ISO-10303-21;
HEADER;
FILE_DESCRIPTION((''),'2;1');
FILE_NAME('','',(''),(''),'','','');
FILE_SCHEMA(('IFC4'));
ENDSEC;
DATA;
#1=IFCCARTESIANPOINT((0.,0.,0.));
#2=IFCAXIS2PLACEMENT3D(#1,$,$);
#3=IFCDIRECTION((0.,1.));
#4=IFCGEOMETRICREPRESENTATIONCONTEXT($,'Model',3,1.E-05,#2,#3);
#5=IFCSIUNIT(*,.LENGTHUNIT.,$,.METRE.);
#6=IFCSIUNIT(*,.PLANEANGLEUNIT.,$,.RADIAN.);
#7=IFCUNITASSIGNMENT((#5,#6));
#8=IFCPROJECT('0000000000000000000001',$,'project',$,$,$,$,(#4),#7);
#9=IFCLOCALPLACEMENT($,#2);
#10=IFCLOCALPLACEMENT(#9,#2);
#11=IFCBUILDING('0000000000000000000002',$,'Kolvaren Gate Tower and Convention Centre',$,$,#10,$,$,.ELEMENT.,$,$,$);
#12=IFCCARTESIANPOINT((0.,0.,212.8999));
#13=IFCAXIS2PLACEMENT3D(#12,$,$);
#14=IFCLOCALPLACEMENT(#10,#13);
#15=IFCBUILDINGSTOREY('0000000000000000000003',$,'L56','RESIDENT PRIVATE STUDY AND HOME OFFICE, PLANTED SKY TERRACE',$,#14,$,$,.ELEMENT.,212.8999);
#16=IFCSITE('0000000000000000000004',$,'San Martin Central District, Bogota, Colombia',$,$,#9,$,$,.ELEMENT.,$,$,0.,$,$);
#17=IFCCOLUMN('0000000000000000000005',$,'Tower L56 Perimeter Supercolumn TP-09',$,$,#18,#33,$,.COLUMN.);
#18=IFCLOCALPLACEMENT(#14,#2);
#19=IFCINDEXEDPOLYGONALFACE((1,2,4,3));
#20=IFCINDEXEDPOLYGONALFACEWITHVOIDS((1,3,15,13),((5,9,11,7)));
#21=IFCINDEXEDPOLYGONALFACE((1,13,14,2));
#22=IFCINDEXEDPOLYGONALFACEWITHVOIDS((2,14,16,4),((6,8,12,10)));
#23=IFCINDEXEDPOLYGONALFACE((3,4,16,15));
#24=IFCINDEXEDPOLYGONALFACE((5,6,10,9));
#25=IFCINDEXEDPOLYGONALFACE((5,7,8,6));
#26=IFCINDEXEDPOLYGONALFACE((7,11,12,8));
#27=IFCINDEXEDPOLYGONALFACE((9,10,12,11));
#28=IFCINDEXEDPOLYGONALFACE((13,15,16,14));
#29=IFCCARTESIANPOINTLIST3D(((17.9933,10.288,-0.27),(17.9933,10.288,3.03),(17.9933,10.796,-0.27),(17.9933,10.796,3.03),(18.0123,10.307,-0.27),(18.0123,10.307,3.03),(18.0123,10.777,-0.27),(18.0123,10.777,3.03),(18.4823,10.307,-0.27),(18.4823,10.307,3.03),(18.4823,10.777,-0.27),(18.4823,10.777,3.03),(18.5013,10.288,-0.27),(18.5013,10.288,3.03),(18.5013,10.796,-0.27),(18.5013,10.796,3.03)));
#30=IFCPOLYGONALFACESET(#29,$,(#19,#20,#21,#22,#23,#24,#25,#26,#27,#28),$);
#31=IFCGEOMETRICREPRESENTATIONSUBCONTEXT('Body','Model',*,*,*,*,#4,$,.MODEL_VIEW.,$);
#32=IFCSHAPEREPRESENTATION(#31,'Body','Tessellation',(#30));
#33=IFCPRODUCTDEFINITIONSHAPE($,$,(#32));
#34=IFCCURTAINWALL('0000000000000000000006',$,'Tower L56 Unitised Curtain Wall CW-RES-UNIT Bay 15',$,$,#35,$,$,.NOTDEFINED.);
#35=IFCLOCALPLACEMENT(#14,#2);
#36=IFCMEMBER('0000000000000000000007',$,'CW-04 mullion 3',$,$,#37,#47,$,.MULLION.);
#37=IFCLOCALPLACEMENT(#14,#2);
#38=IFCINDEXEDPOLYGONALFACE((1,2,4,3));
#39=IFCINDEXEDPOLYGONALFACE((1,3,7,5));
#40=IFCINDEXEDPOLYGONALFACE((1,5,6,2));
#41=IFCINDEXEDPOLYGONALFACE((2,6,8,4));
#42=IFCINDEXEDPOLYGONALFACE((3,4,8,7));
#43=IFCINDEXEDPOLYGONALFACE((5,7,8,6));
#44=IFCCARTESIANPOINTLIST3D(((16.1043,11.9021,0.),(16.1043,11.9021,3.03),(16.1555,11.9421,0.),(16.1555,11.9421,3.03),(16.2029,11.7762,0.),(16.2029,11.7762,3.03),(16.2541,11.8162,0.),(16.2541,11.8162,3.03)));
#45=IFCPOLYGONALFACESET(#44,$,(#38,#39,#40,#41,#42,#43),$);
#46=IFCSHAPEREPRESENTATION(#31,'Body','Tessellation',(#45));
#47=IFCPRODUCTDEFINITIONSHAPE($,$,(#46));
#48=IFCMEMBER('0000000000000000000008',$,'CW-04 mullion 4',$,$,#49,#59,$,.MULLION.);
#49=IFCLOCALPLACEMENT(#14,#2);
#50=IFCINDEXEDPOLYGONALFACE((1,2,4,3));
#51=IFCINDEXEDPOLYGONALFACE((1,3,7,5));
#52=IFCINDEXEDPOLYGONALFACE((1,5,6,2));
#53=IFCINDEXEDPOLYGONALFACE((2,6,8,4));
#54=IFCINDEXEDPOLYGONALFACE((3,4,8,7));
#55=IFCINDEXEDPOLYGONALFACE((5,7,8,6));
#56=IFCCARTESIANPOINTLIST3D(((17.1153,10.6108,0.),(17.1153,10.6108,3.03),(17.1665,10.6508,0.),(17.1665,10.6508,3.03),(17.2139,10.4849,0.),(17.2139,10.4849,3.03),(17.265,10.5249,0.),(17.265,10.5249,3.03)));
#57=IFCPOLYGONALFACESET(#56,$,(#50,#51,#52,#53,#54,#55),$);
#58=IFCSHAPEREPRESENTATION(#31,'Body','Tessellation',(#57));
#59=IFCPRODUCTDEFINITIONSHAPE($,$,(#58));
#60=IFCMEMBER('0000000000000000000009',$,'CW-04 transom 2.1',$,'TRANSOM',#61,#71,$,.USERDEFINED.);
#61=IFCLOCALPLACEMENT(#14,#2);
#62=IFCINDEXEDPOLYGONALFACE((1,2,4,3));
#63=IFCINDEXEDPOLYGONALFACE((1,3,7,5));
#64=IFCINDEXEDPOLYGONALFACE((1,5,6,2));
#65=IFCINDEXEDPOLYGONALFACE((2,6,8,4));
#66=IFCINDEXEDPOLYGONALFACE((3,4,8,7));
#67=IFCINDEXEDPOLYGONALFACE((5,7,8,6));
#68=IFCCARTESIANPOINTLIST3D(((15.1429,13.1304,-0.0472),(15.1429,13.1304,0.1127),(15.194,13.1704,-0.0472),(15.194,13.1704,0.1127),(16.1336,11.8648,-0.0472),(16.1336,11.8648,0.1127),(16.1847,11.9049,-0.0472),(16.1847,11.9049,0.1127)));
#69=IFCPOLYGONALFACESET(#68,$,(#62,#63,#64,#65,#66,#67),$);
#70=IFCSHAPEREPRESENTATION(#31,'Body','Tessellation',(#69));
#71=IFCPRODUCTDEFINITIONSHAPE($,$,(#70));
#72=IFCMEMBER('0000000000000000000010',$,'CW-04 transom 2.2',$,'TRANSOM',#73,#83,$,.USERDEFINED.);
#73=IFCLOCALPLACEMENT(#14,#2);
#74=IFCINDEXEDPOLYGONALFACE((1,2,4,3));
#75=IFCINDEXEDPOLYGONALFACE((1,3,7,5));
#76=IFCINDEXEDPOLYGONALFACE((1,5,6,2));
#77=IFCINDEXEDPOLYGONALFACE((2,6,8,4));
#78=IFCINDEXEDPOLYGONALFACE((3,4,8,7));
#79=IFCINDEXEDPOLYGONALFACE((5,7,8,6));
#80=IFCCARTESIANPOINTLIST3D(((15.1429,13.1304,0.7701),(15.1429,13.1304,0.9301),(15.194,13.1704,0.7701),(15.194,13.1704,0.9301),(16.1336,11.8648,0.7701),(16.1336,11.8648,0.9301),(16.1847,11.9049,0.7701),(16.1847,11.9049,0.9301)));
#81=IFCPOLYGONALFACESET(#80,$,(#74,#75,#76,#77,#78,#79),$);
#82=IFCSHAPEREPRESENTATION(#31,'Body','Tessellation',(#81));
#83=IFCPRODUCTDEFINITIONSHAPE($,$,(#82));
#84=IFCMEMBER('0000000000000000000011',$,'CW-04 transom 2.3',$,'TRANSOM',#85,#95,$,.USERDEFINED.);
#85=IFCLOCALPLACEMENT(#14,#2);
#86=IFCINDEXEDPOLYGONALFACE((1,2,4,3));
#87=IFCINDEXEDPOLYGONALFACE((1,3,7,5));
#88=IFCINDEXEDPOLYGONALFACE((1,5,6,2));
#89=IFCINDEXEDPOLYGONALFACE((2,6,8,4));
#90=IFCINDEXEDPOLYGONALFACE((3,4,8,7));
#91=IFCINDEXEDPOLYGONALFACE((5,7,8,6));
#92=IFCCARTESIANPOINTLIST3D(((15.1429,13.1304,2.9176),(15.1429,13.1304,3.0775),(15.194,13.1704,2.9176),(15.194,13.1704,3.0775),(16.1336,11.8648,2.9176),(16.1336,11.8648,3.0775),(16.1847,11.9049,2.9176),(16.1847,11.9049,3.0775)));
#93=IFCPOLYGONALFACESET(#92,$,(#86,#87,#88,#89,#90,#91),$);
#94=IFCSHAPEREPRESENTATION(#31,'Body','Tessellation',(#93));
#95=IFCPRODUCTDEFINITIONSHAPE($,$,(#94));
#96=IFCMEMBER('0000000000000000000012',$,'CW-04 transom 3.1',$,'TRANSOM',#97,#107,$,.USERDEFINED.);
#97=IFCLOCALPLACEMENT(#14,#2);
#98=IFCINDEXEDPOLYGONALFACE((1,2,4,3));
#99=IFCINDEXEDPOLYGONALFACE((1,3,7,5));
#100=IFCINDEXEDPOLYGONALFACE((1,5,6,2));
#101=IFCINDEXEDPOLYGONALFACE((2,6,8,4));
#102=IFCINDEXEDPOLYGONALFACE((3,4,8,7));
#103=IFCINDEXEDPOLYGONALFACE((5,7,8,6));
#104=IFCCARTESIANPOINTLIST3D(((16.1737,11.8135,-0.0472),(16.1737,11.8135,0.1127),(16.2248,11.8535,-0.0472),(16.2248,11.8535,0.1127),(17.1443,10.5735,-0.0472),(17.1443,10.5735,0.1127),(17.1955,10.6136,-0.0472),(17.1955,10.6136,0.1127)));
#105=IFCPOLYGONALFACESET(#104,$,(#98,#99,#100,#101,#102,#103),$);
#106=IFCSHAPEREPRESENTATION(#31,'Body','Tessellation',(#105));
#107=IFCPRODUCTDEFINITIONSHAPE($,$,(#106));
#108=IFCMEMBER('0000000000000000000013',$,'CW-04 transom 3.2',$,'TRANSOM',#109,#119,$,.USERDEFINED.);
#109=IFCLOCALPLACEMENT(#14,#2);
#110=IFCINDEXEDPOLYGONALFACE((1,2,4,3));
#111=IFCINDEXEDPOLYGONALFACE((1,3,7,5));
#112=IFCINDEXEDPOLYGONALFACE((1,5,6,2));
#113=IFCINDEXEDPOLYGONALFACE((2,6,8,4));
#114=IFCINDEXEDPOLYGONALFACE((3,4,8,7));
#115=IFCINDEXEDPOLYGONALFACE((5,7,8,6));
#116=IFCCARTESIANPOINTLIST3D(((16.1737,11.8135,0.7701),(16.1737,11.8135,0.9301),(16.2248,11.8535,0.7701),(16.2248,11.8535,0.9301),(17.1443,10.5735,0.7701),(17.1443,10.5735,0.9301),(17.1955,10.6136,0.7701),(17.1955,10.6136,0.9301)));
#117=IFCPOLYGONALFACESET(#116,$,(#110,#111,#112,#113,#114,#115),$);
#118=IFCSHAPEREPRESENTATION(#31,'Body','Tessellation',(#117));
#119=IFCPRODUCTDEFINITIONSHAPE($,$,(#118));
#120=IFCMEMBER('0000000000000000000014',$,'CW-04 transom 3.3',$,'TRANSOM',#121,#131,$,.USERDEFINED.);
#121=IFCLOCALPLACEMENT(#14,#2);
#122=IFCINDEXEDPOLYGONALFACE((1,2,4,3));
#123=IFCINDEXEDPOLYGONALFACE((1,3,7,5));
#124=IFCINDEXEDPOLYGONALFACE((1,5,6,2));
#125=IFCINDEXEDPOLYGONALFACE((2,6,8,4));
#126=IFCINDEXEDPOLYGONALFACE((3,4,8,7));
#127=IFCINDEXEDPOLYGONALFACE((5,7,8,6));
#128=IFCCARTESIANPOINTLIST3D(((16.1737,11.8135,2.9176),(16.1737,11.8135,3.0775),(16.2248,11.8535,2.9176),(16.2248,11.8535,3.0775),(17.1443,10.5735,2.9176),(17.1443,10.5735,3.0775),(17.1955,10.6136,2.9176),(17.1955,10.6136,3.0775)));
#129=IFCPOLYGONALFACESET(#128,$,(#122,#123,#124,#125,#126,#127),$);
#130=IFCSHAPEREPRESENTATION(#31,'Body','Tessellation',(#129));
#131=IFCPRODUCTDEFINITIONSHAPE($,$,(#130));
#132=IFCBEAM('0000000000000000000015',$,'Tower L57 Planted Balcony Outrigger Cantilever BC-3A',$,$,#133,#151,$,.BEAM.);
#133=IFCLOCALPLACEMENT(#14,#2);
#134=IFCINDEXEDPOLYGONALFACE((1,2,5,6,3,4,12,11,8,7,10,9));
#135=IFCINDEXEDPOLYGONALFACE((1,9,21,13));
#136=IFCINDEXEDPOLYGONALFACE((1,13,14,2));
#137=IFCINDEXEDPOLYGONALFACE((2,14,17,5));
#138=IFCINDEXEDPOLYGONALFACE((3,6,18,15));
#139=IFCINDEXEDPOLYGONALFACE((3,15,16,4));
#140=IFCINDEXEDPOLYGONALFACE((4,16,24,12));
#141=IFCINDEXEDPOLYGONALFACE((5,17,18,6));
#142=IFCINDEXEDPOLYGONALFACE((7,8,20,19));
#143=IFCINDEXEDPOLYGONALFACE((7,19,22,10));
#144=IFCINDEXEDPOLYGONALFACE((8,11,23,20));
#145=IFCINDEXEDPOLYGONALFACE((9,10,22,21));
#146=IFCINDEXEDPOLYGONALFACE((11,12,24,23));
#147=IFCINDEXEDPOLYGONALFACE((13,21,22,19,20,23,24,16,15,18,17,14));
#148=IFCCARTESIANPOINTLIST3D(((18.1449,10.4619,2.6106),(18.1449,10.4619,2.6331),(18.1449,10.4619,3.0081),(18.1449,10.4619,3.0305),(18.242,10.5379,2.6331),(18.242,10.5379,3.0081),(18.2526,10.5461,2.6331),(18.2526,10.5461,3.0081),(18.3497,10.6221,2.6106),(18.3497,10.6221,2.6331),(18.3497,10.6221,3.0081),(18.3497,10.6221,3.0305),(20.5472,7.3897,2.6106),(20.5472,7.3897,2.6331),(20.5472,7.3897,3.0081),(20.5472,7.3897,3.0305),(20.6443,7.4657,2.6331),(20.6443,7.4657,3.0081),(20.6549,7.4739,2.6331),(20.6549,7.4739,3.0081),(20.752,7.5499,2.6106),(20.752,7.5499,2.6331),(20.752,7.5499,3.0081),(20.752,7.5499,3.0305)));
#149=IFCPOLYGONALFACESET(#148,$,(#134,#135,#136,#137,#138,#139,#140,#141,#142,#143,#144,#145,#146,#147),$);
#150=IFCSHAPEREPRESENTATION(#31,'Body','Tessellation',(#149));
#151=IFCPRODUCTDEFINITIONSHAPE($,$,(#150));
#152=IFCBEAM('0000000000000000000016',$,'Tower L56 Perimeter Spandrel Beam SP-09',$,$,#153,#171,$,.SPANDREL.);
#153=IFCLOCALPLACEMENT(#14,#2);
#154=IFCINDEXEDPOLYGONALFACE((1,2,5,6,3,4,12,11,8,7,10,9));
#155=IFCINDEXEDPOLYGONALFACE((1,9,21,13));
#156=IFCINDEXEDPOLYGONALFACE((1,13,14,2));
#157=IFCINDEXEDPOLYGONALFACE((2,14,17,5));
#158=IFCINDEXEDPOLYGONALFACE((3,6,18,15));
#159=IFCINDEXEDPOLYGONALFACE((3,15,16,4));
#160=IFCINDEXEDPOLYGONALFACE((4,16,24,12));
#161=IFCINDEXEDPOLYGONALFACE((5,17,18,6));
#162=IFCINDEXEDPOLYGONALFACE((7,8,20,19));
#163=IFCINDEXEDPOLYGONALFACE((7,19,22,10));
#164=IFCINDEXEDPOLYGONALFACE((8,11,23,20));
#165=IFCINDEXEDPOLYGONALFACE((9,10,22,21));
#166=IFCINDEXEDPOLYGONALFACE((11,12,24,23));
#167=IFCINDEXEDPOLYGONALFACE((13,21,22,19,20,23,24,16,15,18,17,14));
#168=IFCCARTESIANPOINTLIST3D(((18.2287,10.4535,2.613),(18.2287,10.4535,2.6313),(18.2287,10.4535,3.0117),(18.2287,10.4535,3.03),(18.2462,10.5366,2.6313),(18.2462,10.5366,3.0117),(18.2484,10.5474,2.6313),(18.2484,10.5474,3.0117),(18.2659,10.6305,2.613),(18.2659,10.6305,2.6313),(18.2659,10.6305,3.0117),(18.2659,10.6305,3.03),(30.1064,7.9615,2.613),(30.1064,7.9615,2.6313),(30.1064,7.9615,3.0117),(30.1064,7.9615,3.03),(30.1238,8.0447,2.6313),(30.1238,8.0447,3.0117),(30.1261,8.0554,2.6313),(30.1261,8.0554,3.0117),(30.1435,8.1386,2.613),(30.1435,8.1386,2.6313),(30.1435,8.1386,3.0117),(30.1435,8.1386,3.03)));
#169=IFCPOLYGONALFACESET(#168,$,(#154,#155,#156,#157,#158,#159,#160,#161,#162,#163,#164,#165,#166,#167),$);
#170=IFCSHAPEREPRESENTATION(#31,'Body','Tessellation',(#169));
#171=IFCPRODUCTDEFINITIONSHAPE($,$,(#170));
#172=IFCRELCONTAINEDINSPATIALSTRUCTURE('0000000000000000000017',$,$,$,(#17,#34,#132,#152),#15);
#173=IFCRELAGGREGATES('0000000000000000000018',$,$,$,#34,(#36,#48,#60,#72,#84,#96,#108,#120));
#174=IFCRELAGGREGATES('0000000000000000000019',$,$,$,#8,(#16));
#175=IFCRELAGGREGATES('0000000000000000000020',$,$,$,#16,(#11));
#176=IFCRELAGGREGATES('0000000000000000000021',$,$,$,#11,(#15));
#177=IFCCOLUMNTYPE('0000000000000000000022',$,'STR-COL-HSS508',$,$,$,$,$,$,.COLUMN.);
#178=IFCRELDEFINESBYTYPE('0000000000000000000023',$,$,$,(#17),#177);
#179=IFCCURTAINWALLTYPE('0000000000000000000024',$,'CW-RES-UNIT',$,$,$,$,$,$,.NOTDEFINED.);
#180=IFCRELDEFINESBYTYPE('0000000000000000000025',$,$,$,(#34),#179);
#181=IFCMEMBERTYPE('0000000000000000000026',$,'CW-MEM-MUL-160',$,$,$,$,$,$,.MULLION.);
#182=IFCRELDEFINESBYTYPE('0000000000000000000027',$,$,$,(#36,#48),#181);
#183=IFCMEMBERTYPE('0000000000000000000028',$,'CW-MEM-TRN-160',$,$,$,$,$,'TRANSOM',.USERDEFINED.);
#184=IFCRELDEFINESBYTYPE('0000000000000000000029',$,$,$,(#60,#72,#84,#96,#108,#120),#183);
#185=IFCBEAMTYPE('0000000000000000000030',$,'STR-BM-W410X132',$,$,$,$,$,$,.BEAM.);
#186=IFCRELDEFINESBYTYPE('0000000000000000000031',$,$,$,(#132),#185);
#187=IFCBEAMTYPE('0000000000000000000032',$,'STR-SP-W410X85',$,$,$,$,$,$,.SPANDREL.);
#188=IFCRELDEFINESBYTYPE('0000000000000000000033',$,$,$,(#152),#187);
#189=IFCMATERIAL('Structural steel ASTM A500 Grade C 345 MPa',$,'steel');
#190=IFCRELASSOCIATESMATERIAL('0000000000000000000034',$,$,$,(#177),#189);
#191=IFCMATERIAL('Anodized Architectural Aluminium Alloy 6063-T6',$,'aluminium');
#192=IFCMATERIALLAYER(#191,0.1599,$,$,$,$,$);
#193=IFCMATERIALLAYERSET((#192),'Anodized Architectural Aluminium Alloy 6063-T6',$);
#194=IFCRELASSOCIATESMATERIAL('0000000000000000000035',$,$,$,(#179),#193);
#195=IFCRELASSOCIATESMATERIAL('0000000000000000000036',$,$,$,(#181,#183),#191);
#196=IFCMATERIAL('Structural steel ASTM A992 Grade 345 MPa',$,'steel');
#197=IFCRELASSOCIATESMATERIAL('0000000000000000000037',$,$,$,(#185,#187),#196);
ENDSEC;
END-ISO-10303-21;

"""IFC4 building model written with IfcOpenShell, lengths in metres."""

from ifc_helpers import new_model, si_unit, direction, frame, origin, origin_2d, place, context, subcontext, project, spatial, rectangle, hollow_rectangle, i_section, extrude, material, layer, layer_set, material_profile, profile_set, type_object, element, aggregate, save


model = new_model("IFC4")

# Units and contexts
model_context = context("Model", 3, precision=1e-05, world=origin(), true_north=direction((0.0, 1.0)))
body_context = subcontext(model_context, "Body", "Model", "MODEL_VIEW")
ifc_project = project(units=[si_unit("LENGTHUNIT", "METRE"), si_unit("PLANEANGLEUNIT", "RADIAN")], contexts=[model_context])

# Site, building, storey
site_placement = place(None, origin())
site = spatial("IfcSite", under=ifc_project, at=site_placement, Name="San Martin Central District, Bogota, Colombia", CompositionType="ELEMENT", RefElevation=0.0)
building_placement = place(site_placement, origin())
building = spatial("IfcBuilding", under=site, at=building_placement, Name="Kolvaren Gate Tower and Convention Centre", CompositionType="ELEMENT")
storey_placement = place(building_placement, frame((0.0, 0.0, 212.8999)))
storey = spatial("IfcBuildingStorey", under=building, at=storey_placement, Name="L56", Description="RESIDENT PRIVATE STUDY AND HOME OFFICE, PLANTED SKY TERRACE", CompositionType="ELEMENT", Elevation=212.8999)

# Column
ifc_material_1 = material(Name="Structural steel ASTM A500 Grade C 345 MPa", Category="steel")
ifc_material_profile_1 = material_profile(ifc_material_1, hollow_rectangle(XDim=0.5081, YDim=0.5081, WallThickness=0.019, at=origin_2d()), Name="HSS508X508X19.1")
ifc_profile_set_1 = profile_set([ifc_material_profile_1], Name="Structural steel ASTM A500 Grade C 345 MPa")
column_type = type_object("IfcColumnType", Name="STR-COL-HSS508", PredefinedType="COLUMN", material=ifc_profile_set_1)
column_placement = place(storey_placement, frame((18.2473, 10.542, -0.27), z_axis=(0.0, 0.0, 1.0), x_axis=(1.0, 0.0, 0.0)))
element("IfcColumn", 1, at=column_placement, inside=storey, type_object=column_type, Name="Tower L56 Perimeter Supercolumn TP-09", PredefinedType="COLUMN", context=body_context, shape_type="SweptSolid", body=[
    extrude(hollow_rectangle(XDim=0.5081, YDim=0.5081, WallThickness=0.019, at=origin_2d()), origin(), (0.0, 0.0, 1.0), 3.3),
])

# Curtain wall, members
ifc_material_2 = material(Name="Anodized Architectural Aluminium Alloy 6063-T6", Category="aluminium")
ifc_layer_1 = layer(ifc_material_2, 0.1599)
ifc_layer_set_1 = layer_set([ifc_layer_1], Name="Anodized Architectural Aluminium Alloy 6063-T6")
curtain_wall_type = type_object("IfcCurtainWallType", Name="CW-RES-UNIT", PredefinedType="NOTDEFINED", material=ifc_layer_set_1)
curtain_wall_placement = place(storey_placement, origin())
curtain_wall = element("IfcCurtainWall", 2, at=curtain_wall_placement, inside=storey, type_object=curtain_wall_type, Name="Tower L56 Unitised Curtain Wall CW-RES-UNIT Bay 15", PredefinedType="NOTDEFINED")
ifc_material_profile_2 = material_profile(ifc_material_2, rectangle(XDim=0.0649, YDim=0.1599, at=origin_2d()), Name="CW-MEM-MUL-160")
ifc_profile_set_2 = profile_set([ifc_material_profile_2], Name="Anodized Architectural Aluminium Alloy 6063-T6")
member_type_1 = type_object("IfcMemberType", Name="CW-MEM-MUL-160", PredefinedType="MULLION", material=ifc_profile_set_2)
member_1_placement = place(storey_placement, frame((16.1792, 11.8591, 0.0), z_axis=(0.0, 0.0, 1.0), x_axis=(0.78741, 0.61643, 0.0)))
member_1 = element("IfcMember", 3, at=member_1_placement, type_object=member_type_1, Name="CW-04 mullion 3", PredefinedType="MULLION", context=body_context, shape_type="SweptSolid", body=[
    extrude(rectangle(XDim=0.0649, YDim=0.1599, at=origin_2d()), origin(), (0.0, 0.0, 1.0), 3.03),
])
member_2_placement = place(storey_placement, frame((17.1902, 10.5679, 0.0), z_axis=(0.0, 0.0, 1.0), x_axis=(0.78741, 0.61643, 0.0)))
member_2 = element("IfcMember", 4, at=member_2_placement, type_object=member_type_1, Name="CW-04 mullion 4", PredefinedType="MULLION", context=body_context, shape_type="SweptSolid", body=[
    extrude(rectangle(XDim=0.0649, YDim=0.1599, at=origin_2d()), origin(), (0.0, 0.0, 1.0), 3.03),
])
ifc_material_profile_3 = material_profile(ifc_material_2, rectangle(XDim=0.0649, YDim=0.1599, at=origin_2d()), Name="CW-MEM-TRN-160")
ifc_profile_set_3 = profile_set([ifc_material_profile_3], Name="Anodized Architectural Aluminium Alloy 6063-T6")
member_type_2 = type_object("IfcMemberType", Name="CW-MEM-TRN-160", ElementType="TRANSOM", PredefinedType="USERDEFINED", material=ifc_profile_set_3)
member_3_placement = place(storey_placement, frame((15.1685, 13.1504, 0.0327), z_axis=(0.616398, -0.787434, 0.0), x_axis=(0.787434, 0.616398, 0.0)))
member_3 = element("IfcMember", 5, at=member_3_placement, type_object=member_type_2, Name="CW-04 transom 2.1", ObjectType="TRANSOM", PredefinedType="USERDEFINED", context=body_context, shape_type="SweptSolid", body=[
    extrude(rectangle(XDim=0.0649, YDim=0.1599, at=origin_2d()), origin(), (0.0, 0.0, 1.0), 1.6072),
])
member_4_placement = place(storey_placement, frame((15.1685, 13.1504, 0.8501), z_axis=(0.616398, -0.787434, 0.0), x_axis=(0.787434, 0.616398, 0.0)))
member_4 = element("IfcMember", 6, at=member_4_placement, type_object=member_type_2, Name="CW-04 transom 2.2", ObjectType="TRANSOM", PredefinedType="USERDEFINED", context=body_context, shape_type="SweptSolid", body=[
    extrude(rectangle(XDim=0.0649, YDim=0.1599, at=origin_2d()), origin(), (0.0, 0.0, 1.0), 1.6072),
])
member_5_placement = place(storey_placement, frame((15.1685, 13.1504, 2.9976), z_axis=(0.616398, -0.787434, 0.0), x_axis=(0.787434, 0.616398, 0.0)))
member_5 = element("IfcMember", 7, at=member_5_placement, type_object=member_type_2, Name="CW-04 transom 2.3", ObjectType="TRANSOM", PredefinedType="USERDEFINED", context=body_context, shape_type="SweptSolid", body=[
    extrude(rectangle(XDim=0.0649, YDim=0.1599, at=origin_2d()), origin(), (0.0, 0.0, 1.0), 1.6072),
])
member_6_placement = place(storey_placement, frame((16.1992, 11.8335, 0.0327), z_axis=(0.616417, -0.78742, 0.0), x_axis=(0.78742, 0.616417, 0.0)))
member_6 = element("IfcMember", 8, at=member_6_placement, type_object=member_type_2, Name="CW-04 transom 3.1", ObjectType="TRANSOM", PredefinedType="USERDEFINED", context=body_context, shape_type="SweptSolid", body=[
    extrude(rectangle(XDim=0.0649, YDim=0.1599, at=origin_2d()), origin(), (0.0, 0.0, 1.0), 1.5747),
])
member_7_placement = place(storey_placement, frame((16.1992, 11.8335, 0.8501), z_axis=(0.616417, -0.78742, 0.0), x_axis=(0.78742, 0.616417, 0.0)))
member_7 = element("IfcMember", 9, at=member_7_placement, type_object=member_type_2, Name="CW-04 transom 3.2", ObjectType="TRANSOM", PredefinedType="USERDEFINED", context=body_context, shape_type="SweptSolid", body=[
    extrude(rectangle(XDim=0.0649, YDim=0.1599, at=origin_2d()), origin(), (0.0, 0.0, 1.0), 1.5747),
])
member_8_placement = place(storey_placement, frame((16.1992, 11.8335, 2.9976), z_axis=(0.616417, -0.78742, 0.0), x_axis=(0.78742, 0.616417, 0.0)))
member_8 = element("IfcMember", 10, at=member_8_placement, type_object=member_type_2, Name="CW-04 transom 3.3", ObjectType="TRANSOM", PredefinedType="USERDEFINED", context=body_context, shape_type="SweptSolid", body=[
    extrude(rectangle(XDim=0.0649, YDim=0.1599, at=origin_2d()), origin(), (0.0, 0.0, 1.0), 1.5747),
])

# Beams
ifc_material_3 = material(Name="Structural steel ASTM A992 Grade 345 MPa", Category="steel")
ifc_material_profile_4 = material_profile(ifc_material_3, i_section(OverallWidth=0.26, OverallDepth=0.4199, WebThickness=0.0134, FlangeThickness=0.0225, at=origin_2d()), Name="W410X132")
ifc_profile_set_4 = profile_set([ifc_material_profile_4], Name="Structural steel ASTM A992 Grade 345 MPa")
beam_type_1 = type_object("IfcBeamType", Name="STR-BM-W410X132", PredefinedType="BEAM", material=ifc_profile_set_4)
beam_1_placement = place(storey_placement, frame((18.2473, 10.542, 2.8206), z_axis=(0.615984, -0.787759, 0.0), x_axis=(0.787759, 0.615984, 0.0)))
element("IfcBeam", 11, at=beam_1_placement, inside=storey, type_object=beam_type_1, Name="Tower L57 Planted Balcony Outrigger Cantilever BC-3A", PredefinedType="BEAM", context=body_context, shape_type="SweptSolid", body=[
    extrude(i_section(OverallWidth=0.26, OverallDepth=0.4199, WebThickness=0.0134, FlangeThickness=0.0225, at=origin_2d()), origin(), (0.0, 0.0, 1.0), 3.8999),
])
ifc_material_profile_5 = material_profile(ifc_material_3, i_section(OverallWidth=0.1809, OverallDepth=0.417, WebThickness=0.011, FlangeThickness=0.0183, at=origin_2d()), Name="W410X85")
ifc_profile_set_5 = profile_set([ifc_material_profile_5], Name="Structural steel ASTM A992 Grade 345 MPa")
beam_type_2 = type_object("IfcBeamType", Name="STR-SP-W410X85", PredefinedType="SPANDREL", material=ifc_profile_set_5)
beam_2_placement = place(storey_placement, frame((18.2473, 10.542, 2.8215), z_axis=(0.978693, -0.20533, 0.0), x_axis=(0.20533, 0.978693, 0.0)))
element("IfcBeam", 12, at=beam_2_placement, inside=storey, type_object=beam_type_2, Name="Tower L56 Perimeter Spandrel Beam SP-09", PredefinedType="SPANDREL", context=body_context, shape_type="SweptSolid", body=[
    extrude(i_section(OverallWidth=0.1809, OverallDepth=0.417, WebThickness=0.011, FlangeThickness=0.0183, at=origin_2d()), origin(), (0.0, 0.0, 1.0), 12.1362),
])

aggregate(curtain_wall, [member_1, member_2, member_3, member_4, member_5, member_6, member_7, member_8])

save(model, "model.ifc")
